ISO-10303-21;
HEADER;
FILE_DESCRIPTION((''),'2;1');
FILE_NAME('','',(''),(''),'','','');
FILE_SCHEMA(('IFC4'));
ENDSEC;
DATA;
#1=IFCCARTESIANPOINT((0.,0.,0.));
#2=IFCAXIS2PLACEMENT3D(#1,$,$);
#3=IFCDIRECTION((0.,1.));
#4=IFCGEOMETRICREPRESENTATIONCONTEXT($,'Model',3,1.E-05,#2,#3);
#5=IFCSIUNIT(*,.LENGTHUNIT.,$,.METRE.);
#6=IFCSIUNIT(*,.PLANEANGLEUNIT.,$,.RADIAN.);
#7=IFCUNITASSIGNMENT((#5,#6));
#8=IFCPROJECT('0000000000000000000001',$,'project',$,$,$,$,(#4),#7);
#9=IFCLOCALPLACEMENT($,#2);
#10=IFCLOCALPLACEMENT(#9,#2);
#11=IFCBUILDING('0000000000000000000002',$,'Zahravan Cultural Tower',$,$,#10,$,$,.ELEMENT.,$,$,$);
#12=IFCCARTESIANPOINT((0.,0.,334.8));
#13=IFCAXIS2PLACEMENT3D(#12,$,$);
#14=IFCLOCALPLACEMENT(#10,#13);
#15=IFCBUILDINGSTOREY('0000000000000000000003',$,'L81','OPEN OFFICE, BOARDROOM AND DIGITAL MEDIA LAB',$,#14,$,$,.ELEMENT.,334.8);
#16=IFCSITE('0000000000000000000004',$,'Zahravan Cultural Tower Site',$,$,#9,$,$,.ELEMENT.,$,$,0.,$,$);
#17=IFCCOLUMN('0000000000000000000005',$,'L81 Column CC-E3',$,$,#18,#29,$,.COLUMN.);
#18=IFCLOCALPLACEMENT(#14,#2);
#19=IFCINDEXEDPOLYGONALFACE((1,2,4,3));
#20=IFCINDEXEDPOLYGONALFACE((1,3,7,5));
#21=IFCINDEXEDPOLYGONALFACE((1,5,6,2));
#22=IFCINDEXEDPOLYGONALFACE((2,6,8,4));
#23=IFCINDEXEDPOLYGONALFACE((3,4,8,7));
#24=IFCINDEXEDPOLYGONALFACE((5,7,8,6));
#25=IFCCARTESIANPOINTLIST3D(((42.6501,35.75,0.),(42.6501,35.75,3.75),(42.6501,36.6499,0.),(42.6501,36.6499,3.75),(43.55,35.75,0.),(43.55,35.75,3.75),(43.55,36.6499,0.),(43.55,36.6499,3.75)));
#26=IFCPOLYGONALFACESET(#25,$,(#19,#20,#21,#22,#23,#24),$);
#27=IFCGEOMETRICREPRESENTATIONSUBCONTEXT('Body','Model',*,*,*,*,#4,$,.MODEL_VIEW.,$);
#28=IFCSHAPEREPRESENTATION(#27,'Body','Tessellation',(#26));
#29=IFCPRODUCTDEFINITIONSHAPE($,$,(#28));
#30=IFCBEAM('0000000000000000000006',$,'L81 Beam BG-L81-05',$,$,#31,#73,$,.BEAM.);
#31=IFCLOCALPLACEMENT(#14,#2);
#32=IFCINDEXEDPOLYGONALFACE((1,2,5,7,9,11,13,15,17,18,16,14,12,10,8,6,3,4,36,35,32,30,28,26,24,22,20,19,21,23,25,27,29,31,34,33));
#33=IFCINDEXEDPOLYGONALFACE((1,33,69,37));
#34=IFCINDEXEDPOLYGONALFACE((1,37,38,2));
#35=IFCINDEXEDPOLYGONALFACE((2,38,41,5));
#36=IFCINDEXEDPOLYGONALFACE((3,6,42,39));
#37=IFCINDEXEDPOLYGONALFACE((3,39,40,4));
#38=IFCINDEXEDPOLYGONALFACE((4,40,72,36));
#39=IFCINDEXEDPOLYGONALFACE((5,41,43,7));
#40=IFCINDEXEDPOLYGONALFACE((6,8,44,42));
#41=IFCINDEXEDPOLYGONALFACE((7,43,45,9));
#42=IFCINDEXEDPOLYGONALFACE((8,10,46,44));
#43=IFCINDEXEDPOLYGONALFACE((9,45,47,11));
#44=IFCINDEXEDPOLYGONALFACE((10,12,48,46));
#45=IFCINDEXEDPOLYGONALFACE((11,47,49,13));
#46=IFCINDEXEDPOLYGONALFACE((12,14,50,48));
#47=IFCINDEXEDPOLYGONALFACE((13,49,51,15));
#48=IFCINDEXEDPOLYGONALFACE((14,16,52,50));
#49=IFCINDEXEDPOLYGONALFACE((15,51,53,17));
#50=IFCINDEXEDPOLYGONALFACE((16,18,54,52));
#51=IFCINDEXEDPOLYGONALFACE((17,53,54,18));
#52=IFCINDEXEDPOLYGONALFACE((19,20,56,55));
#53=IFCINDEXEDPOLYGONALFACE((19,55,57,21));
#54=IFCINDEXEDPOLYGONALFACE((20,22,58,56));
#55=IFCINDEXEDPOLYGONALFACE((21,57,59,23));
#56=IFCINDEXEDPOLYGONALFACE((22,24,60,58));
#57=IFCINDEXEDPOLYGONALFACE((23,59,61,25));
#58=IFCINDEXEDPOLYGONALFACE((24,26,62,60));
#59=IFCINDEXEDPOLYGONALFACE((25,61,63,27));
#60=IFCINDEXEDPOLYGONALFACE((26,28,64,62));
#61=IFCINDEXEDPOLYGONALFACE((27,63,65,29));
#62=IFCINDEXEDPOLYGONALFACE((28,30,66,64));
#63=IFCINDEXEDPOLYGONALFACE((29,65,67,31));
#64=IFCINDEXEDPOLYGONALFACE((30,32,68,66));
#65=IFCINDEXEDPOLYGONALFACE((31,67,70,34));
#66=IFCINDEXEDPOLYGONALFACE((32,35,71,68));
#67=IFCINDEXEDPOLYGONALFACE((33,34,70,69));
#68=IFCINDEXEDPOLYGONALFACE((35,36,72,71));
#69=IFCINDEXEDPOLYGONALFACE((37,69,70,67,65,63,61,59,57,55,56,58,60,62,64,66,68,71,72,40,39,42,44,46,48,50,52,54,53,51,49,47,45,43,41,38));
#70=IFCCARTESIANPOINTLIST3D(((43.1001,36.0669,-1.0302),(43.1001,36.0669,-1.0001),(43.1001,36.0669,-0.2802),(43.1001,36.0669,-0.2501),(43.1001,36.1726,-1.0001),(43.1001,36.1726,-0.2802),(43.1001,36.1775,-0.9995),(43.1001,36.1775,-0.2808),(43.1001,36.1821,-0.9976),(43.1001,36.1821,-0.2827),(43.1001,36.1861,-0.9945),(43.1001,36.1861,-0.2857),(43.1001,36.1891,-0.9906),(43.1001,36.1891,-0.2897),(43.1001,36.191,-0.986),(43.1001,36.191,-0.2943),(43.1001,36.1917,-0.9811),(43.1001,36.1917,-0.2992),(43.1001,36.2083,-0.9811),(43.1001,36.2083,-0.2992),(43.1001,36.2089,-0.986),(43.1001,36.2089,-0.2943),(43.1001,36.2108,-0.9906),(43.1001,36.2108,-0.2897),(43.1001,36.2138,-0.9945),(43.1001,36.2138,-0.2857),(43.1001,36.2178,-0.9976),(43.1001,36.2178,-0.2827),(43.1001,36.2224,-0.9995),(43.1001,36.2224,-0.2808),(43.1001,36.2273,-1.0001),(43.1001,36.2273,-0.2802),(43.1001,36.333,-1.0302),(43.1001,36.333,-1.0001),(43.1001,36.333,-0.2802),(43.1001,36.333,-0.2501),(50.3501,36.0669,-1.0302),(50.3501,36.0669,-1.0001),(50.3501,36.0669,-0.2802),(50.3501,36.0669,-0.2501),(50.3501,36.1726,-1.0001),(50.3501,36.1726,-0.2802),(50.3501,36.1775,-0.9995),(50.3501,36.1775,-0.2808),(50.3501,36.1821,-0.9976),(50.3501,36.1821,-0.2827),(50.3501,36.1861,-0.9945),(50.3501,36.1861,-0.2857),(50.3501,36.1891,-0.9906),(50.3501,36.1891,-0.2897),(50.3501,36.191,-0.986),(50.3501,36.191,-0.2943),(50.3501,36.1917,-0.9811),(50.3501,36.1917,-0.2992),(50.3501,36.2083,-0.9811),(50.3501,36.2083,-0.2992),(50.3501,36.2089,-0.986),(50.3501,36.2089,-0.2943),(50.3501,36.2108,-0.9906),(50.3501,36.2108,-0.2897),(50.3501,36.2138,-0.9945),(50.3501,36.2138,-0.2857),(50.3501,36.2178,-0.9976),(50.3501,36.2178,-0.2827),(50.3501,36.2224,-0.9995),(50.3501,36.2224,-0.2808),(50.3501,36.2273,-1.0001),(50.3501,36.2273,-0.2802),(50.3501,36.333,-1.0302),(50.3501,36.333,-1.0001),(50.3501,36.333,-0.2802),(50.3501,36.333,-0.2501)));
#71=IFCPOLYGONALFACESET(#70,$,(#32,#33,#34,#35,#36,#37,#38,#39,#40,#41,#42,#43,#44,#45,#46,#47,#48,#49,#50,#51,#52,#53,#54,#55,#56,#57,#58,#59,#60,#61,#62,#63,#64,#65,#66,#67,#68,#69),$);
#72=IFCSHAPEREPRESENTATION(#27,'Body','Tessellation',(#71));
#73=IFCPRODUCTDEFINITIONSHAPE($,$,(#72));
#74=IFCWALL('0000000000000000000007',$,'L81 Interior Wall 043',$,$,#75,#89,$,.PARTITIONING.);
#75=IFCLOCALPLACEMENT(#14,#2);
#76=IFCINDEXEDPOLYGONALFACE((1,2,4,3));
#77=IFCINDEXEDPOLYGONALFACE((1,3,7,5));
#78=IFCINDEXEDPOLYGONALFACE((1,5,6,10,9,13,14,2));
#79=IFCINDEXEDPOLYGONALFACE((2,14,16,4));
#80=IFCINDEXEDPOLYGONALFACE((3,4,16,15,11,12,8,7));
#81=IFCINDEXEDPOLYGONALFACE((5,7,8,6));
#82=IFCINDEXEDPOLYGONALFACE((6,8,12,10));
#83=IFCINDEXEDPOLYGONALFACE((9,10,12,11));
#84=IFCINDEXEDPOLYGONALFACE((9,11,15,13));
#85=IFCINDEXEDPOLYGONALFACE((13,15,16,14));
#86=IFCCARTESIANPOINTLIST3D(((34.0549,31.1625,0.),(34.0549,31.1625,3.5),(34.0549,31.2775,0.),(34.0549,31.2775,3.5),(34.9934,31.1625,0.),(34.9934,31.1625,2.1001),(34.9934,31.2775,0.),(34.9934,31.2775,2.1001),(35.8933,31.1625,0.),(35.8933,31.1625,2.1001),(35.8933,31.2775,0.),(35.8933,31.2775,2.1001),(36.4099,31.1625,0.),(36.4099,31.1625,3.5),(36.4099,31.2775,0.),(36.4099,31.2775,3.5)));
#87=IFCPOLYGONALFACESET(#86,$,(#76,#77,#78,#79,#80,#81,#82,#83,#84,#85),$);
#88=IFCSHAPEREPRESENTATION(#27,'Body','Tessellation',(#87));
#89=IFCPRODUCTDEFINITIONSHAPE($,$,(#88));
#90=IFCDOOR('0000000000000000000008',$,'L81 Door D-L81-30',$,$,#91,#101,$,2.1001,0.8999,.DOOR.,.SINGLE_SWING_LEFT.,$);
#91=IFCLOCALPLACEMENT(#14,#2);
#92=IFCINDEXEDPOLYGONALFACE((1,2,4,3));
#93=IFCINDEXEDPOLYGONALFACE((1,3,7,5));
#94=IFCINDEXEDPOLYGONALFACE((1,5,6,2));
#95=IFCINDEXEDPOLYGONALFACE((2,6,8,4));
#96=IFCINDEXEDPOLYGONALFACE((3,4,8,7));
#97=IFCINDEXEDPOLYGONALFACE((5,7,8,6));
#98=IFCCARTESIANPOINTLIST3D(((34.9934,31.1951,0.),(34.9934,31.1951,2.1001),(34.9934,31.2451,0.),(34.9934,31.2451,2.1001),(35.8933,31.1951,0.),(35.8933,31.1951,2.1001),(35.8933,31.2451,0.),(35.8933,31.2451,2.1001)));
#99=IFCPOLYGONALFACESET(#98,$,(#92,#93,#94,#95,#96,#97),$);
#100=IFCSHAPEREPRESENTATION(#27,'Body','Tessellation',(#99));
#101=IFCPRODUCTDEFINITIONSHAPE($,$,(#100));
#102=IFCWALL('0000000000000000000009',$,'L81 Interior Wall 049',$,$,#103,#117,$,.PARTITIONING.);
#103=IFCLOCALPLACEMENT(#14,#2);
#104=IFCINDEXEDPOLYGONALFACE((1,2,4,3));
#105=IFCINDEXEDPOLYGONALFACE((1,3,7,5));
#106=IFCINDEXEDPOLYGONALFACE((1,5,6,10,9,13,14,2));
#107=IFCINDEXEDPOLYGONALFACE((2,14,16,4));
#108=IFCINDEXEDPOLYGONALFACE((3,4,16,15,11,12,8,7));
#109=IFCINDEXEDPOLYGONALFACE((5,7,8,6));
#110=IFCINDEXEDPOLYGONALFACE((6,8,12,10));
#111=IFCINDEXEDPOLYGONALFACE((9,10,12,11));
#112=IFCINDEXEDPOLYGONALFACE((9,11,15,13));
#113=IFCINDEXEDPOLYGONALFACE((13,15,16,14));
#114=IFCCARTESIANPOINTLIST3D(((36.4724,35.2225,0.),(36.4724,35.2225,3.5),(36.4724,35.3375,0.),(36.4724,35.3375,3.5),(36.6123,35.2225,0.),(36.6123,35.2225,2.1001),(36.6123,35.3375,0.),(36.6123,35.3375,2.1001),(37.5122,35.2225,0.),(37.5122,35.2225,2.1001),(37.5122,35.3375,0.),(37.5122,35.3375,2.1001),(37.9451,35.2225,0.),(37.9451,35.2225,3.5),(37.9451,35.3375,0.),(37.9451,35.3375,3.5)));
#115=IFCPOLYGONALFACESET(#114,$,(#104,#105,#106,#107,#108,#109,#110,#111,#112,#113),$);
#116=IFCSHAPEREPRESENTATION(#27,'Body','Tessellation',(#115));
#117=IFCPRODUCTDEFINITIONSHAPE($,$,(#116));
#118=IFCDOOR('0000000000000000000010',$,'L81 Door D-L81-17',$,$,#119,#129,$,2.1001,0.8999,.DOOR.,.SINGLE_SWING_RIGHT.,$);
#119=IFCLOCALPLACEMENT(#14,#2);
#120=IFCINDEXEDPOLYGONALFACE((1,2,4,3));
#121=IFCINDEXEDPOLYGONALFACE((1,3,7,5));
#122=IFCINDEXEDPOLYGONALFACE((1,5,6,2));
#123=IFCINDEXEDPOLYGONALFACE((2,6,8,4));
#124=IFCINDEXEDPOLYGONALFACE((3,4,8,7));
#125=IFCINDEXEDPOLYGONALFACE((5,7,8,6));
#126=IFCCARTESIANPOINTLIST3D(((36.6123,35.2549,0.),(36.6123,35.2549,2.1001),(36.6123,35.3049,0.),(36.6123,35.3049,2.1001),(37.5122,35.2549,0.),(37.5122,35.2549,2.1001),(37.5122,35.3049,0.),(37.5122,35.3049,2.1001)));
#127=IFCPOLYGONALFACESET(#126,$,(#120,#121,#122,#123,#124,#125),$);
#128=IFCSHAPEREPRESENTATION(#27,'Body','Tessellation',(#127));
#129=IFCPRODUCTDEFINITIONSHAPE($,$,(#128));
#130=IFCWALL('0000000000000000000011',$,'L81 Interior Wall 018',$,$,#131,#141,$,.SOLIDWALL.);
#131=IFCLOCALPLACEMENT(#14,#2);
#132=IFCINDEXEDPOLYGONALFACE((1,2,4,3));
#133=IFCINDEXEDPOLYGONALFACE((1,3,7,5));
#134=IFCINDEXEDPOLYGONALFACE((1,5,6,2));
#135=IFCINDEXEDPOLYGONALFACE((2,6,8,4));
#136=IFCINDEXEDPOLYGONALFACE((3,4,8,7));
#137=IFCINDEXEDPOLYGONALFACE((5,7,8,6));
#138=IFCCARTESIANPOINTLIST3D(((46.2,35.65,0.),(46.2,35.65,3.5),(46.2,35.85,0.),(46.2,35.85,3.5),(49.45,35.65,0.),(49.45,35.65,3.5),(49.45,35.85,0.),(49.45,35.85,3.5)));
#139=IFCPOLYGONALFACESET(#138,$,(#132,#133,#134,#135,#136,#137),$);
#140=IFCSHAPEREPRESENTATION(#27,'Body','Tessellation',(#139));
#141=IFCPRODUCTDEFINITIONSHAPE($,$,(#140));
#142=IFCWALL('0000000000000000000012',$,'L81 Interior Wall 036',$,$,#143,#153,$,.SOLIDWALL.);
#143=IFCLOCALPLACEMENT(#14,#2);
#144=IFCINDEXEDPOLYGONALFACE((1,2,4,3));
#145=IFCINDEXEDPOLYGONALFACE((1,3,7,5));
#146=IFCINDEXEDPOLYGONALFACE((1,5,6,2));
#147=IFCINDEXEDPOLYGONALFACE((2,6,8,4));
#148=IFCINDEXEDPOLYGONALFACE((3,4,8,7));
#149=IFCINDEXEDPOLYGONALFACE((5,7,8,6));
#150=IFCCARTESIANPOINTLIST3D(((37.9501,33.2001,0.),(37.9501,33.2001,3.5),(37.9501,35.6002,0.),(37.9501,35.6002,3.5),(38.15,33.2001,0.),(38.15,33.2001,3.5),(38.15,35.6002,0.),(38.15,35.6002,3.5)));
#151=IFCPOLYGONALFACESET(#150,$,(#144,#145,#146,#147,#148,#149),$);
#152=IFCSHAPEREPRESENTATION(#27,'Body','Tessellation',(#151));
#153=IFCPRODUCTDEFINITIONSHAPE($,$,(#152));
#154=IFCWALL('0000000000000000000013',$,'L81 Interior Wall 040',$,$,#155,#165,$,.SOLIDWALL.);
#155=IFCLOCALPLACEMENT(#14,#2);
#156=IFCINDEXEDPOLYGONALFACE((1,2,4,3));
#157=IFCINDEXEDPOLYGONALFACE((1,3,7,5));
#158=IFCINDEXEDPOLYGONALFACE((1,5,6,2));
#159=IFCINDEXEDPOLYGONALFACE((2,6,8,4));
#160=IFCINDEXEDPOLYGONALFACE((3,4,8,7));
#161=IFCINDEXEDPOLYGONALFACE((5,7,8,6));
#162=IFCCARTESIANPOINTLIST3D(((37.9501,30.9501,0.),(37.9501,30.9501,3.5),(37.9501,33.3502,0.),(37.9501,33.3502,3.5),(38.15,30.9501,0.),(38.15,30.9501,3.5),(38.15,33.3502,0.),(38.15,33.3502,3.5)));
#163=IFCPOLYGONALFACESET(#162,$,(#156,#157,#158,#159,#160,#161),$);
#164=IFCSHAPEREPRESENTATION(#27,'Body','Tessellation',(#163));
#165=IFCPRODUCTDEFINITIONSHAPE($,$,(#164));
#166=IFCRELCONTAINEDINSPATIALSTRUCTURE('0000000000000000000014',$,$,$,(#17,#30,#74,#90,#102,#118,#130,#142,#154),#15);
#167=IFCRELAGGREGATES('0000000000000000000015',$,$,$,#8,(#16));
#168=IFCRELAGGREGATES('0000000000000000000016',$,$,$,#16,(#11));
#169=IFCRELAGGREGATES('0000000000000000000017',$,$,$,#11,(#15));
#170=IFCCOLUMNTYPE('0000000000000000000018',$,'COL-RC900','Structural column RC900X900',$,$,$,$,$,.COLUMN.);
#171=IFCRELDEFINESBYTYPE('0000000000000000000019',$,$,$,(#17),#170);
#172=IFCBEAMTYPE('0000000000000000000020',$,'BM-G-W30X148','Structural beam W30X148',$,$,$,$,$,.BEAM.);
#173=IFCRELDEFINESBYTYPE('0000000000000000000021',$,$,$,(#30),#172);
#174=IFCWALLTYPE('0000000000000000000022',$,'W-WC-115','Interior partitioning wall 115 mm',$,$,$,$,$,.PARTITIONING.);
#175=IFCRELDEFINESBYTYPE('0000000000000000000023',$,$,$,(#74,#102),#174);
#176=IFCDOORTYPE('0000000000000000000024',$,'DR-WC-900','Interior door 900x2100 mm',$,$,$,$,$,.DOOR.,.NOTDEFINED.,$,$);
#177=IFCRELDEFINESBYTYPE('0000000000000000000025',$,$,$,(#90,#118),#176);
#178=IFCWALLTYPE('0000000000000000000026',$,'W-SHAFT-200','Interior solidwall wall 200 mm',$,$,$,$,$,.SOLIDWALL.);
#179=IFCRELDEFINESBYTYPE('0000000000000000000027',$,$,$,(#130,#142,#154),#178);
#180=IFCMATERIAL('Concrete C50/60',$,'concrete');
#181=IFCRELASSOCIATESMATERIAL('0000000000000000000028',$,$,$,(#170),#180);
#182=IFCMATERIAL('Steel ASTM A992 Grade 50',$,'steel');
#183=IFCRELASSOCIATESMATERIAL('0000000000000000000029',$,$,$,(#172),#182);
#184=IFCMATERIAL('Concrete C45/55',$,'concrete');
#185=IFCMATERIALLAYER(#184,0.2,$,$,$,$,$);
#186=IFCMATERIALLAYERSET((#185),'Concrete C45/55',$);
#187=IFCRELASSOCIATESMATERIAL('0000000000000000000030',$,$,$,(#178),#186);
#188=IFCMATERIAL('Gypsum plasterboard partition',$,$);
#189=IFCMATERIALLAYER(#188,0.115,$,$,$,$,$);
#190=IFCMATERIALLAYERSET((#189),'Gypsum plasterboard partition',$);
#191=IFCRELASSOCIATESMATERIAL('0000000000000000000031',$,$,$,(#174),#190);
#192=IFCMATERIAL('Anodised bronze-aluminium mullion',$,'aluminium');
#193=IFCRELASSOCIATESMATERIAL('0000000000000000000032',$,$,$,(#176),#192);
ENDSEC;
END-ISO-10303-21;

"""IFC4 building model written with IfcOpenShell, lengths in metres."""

from ifc_helpers import new_model, si_unit, direction, frame, frame_2d, origin, origin_2d, place, context, subcontext, project, spatial, rectangle, i_section, extrude, source, transform, mapped, material, layer, layer_set, material_profile, profile_set, type_object, element, fill, save


model = new_model("IFC4")

# Units and contexts
model_context = context("Model", 3, precision=1e-05, world=origin(), true_north=direction((0.0, 1.0)))
body_context = subcontext(model_context, "Body", "Model", "MODEL_VIEW")
ifc_project = project(units=[si_unit("LENGTHUNIT", "METRE"), si_unit("PLANEANGLEUNIT", "RADIAN")], contexts=[model_context])

# Site, building, storey
site_placement = place(None, origin())
site = spatial("IfcSite", under=ifc_project, at=site_placement, Name="Zahravan Cultural Tower Site", CompositionType="ELEMENT", RefElevation=0.0)
building_placement = place(site_placement, origin())
building = spatial("IfcBuilding", under=site, at=building_placement, Name="Zahravan Cultural Tower", CompositionType="ELEMENT")
storey_placement = place(building_placement, frame((0.0, 0.0, 334.8)))
storey = spatial("IfcBuildingStorey", under=building, at=storey_placement, Name="L81", Description="OPEN OFFICE, BOARDROOM AND DIGITAL MEDIA LAB", CompositionType="ELEMENT", Elevation=334.8)

# Column
ifc_material_1 = material(Name="Concrete C50/60", Category="concrete")
ifc_material_profile_1 = material_profile(ifc_material_1, rectangle(XDim=0.8999, YDim=0.8999, at=origin_2d()), Name="RC900X900")
ifc_profile_set_1 = profile_set([ifc_material_profile_1], Name="Concrete C50/60")
column_type = type_object("IfcColumnType", Name="COL-RC900", Description="Structural column RC900X900", PredefinedType="COLUMN", material=ifc_profile_set_1)
shared_shape_1 = source(origin(), body_context, "Body", "SweptSolid", [
    extrude(rectangle(XDim=0.8999, YDim=0.8999, at=origin_2d()), origin(), (0.0, 0.0, 1.0), 3.75),
])
column_placement = place(storey_placement, frame((43.1001, 36.2, 0.0), z_axis=(0.0, 0.0, 1.0), x_axis=(1.0, 0.0, 0.0)))
element("IfcColumn", 1, at=column_placement, inside=storey, type_object=column_type, Name="L81 Column CC-E3", PredefinedType="COLUMN", context=body_context, shape_type="MappedRepresentation", body=[
    mapped(shared_shape_1, transform((0.0, 0.0, 0.0), x_axis=(1.0, 0.0, 0.0), y_axis=(0.0, 1.0, 0.0), z_axis=(0.0, 0.0, 1.0), scale=1.0)),
])

# Beam
ifc_material_2 = material(Name="Steel ASTM A992 Grade 50", Category="steel")
ifc_material_profile_2 = material_profile(ifc_material_2, i_section(OverallWidth=0.2661, OverallDepth=0.78, WebThickness=0.0166, FlangeThickness=0.03, FilletRadius=0.019, at=origin_2d()), Name="W30X148")
ifc_profile_set_2 = profile_set([ifc_material_profile_2], Name="Steel ASTM A992 Grade 50")
beam_type = type_object("IfcBeamType", Name="BM-G-W30X148", Description="Structural beam W30X148", PredefinedType="BEAM", material=ifc_profile_set_2)
shared_shape_2 = source(origin(), body_context, "Body", "SweptSolid", [
    extrude(i_section(OverallWidth=0.2661, OverallDepth=0.78, WebThickness=0.0166, FlangeThickness=0.03, FilletRadius=0.019, at=origin_2d()), origin(), (0.0, 0.0, 1.0), 7.25),
])
beam_placement = place(storey_placement, frame((43.1001, 36.2, -0.6401), z_axis=(1.0, 0.0, 0.0), x_axis=(0.0, 1.0, 0.0)))
element("IfcBeam", 2, at=beam_placement, inside=storey, type_object=beam_type, Name="L81 Beam BG-L81-05", PredefinedType="BEAM", context=body_context, shape_type="MappedRepresentation", body=[
    mapped(shared_shape_2, transform((0.0, 0.0, 0.0), x_axis=(1.0, 0.0, 0.0), y_axis=(0.0, 1.0, 0.0), z_axis=(0.0, 0.0, 1.0), scale=1.0)),
])

# Walls, openings, doors
ifc_material_3 = material(Name="Concrete C45/55", Category="concrete")
ifc_layer_1 = layer(ifc_material_3, 0.2)
ifc_layer_set_1 = layer_set([ifc_layer_1], Name="Concrete C45/55")
wall_type_1 = type_object("IfcWallType", Name="W-SHAFT-200", Description="Interior solidwall wall 200 mm", PredefinedType="SOLIDWALL", material=ifc_layer_set_1)
ifc_material_4 = material(Name="Gypsum plasterboard partition")
ifc_layer_2 = layer(ifc_material_4, 0.115)
ifc_layer_set_2 = layer_set([ifc_layer_2], Name="Gypsum plasterboard partition")
wall_type_2 = type_object("IfcWallType", Name="W-WC-115", Description="Interior partitioning wall 115 mm", PredefinedType="PARTITIONING", material=ifc_layer_set_2)
wall_1_placement = place(storey_placement, frame((36.4099, 31.22, 0.0), z_axis=(0.0, 0.0, 1.0), x_axis=(-1.0, 0.0, 0.0)))
wall_1 = element("IfcWall", 3, at=wall_1_placement, inside=storey, type_object=wall_type_2, Name="L81 Interior Wall 043", PredefinedType="PARTITIONING", context=body_context, shape_type="SweptSolid", body=[
    extrude(rectangle(XDim=2.355, YDim=0.115, at=frame_2d((1.1775, 0.0))), origin(), (0.0, 0.0, 1.0), 3.5),
])
opening_1_placement = place(wall_1_placement, frame((0.5166, 0.0, 0.0)))
opening_1 = element("IfcOpeningElement", 4, at=opening_1_placement, cuts=wall_1, PredefinedType="OPENING", context=body_context, shape_type="SweptSolid", body=[
    extrude(rectangle(XDim=0.8999, YDim=2.1001, at=frame_2d((0.45, 1.05))), frame((0.0, 0.0674, 0.0), z_axis=(0.0, -1.0, 0.0), x_axis=(1.0, 0.0, 0.0)), (0.0, 0.0, 1.0), 0.135),
])
ifc_material_5 = material(Name="Anodised bronze-aluminium mullion", Category="aluminium")
door_type_1 = type_object("IfcDoorType", Name="DR-WC-900", Description="Interior door 900x2100 mm", OperationType="NOTDEFINED", PredefinedType="DOOR", material=ifc_material_5)
shared_shape_3 = source(origin(), body_context, "Body", "SweptSolid", [
    extrude(rectangle(XDim=0.8999, YDim=2.1001, at=frame_2d((0.45, 1.05))), frame((0.0, 0.0249, 0.0), z_axis=(0.0, -1.0, 0.0), x_axis=(1.0, 0.0, 0.0)), (0.0, 0.0, 1.0), 0.05),
])
door_1_placement = place(opening_1_placement, origin())
door_1 = element("IfcDoor", 5, at=door_1_placement, inside=storey, type_object=door_type_1, Name="L81 Door D-L81-30", OperationType="SINGLE_SWING_LEFT", OverallHeight=2.1001, OverallWidth=0.8999, PredefinedType="DOOR", context=body_context, shape_type="MappedRepresentation", body=[
    mapped(shared_shape_3, transform((0.0, 0.0, 0.0), x_axis=(1.0, 0.0, 0.0), y_axis=(0.0, 1.0, 0.0), z_axis=(0.0, 0.0, 1.0), scale=1.0)),
])
fill(opening_1, door_1)
wall_2_placement = place(storey_placement, frame((36.4724, 35.28, 0.0), z_axis=(0.0, 0.0, 1.0), x_axis=(1.0, 0.0, 0.0)))
wall_2 = element("IfcWall", 6, at=wall_2_placement, inside=storey, type_object=wall_type_2, Name="L81 Interior Wall 049", PredefinedType="PARTITIONING", context=body_context, shape_type="SweptSolid", body=[
    extrude(rectangle(XDim=1.4727, YDim=0.115, at=frame_2d((0.7363, 0.0))), origin(), (0.0, 0.0, 1.0), 3.5),
])
opening_2_placement = place(wall_2_placement, frame((0.1399, 0.0, 0.0)))
opening_2 = element("IfcOpeningElement", 7, at=opening_2_placement, cuts=wall_2, PredefinedType="OPENING", context=body_context, shape_type="SweptSolid", body=[
    extrude(rectangle(XDim=0.8999, YDim=2.1001, at=frame_2d((0.45, 1.05))), frame((0.0, 0.0674, 0.0), z_axis=(0.0, -1.0, 0.0), x_axis=(1.0, 0.0, 0.0)), (0.0, 0.0, 1.0), 0.135),
])
door_2_placement = place(opening_2_placement, origin())
door_2 = element("IfcDoor", 8, at=door_2_placement, inside=storey, type_object=door_type_1, Name="L81 Door D-L81-17", OperationType="SINGLE_SWING_RIGHT", OverallHeight=2.1001, OverallWidth=0.8999, PredefinedType="DOOR", context=body_context, shape_type="MappedRepresentation", body=[
    mapped(shared_shape_3, transform((0.0, 0.0, 0.0), x_axis=(1.0, 0.0, 0.0), y_axis=(0.0, 1.0, 0.0), z_axis=(0.0, 0.0, 1.0), scale=1.0)),
])
fill(opening_2, door_2)

# Walls
shared_shape_4 = source(origin(), body_context, "Body", "SweptSolid", [
    extrude(rectangle(XDim=3.25, YDim=0.2, at=frame_2d((1.625, 0.0))), origin(), (0.0, 0.0, 1.0), 3.5),
])
wall_3_placement = place(storey_placement, frame((46.2, 35.75, 0.0), z_axis=(0.0, 0.0, 1.0), x_axis=(1.0, 0.0, 0.0)))
element("IfcWall", 9, at=wall_3_placement, inside=storey, type_object=wall_type_1, Name="L81 Interior Wall 018", PredefinedType="SOLIDWALL", context=body_context, shape_type="MappedRepresentation", body=[
    mapped(shared_shape_4, transform((0.0, 0.0, 0.0), x_axis=(1.0, 0.0, 0.0), y_axis=(0.0, 1.0, 0.0), z_axis=(0.0, 0.0, 1.0), scale=1.0)),
])
shared_shape_5 = source(origin(), body_context, "Body", "SweptSolid", [
    extrude(rectangle(XDim=2.4001, YDim=0.2, at=frame_2d((1.2002, 0.0))), origin(), (0.0, 0.0, 1.0), 3.5),
])
for number, where, z_axis, x_axis, name in (
    (10, (38.05, 33.2, 0.0), (0.0, 0.0, 1.0), (0.0, 1.0, 0.0), "L81 Interior Wall 036"),
    (11, (38.05, 30.95, 0.0), (0.0, 0.0, 1.0), (0.0, 1.0, 0.0), "L81 Interior Wall 040"),
):
    element("IfcWall", number, at=place(storey_placement, frame(where, z_axis=z_axis, x_axis=x_axis)), inside=storey, type_object=wall_type_1, Name=name, PredefinedType="SOLIDWALL", context=body_context, shape_type="MappedRepresentation", body=[
        mapped(shared_shape_5, transform((0.0, 0.0, 0.0), x_axis=(1.0, 0.0, 0.0), y_axis=(0.0, 1.0, 0.0), z_axis=(0.0, 0.0, 1.0), scale=1.0)),
    ])

save(model, "model.ifc")
